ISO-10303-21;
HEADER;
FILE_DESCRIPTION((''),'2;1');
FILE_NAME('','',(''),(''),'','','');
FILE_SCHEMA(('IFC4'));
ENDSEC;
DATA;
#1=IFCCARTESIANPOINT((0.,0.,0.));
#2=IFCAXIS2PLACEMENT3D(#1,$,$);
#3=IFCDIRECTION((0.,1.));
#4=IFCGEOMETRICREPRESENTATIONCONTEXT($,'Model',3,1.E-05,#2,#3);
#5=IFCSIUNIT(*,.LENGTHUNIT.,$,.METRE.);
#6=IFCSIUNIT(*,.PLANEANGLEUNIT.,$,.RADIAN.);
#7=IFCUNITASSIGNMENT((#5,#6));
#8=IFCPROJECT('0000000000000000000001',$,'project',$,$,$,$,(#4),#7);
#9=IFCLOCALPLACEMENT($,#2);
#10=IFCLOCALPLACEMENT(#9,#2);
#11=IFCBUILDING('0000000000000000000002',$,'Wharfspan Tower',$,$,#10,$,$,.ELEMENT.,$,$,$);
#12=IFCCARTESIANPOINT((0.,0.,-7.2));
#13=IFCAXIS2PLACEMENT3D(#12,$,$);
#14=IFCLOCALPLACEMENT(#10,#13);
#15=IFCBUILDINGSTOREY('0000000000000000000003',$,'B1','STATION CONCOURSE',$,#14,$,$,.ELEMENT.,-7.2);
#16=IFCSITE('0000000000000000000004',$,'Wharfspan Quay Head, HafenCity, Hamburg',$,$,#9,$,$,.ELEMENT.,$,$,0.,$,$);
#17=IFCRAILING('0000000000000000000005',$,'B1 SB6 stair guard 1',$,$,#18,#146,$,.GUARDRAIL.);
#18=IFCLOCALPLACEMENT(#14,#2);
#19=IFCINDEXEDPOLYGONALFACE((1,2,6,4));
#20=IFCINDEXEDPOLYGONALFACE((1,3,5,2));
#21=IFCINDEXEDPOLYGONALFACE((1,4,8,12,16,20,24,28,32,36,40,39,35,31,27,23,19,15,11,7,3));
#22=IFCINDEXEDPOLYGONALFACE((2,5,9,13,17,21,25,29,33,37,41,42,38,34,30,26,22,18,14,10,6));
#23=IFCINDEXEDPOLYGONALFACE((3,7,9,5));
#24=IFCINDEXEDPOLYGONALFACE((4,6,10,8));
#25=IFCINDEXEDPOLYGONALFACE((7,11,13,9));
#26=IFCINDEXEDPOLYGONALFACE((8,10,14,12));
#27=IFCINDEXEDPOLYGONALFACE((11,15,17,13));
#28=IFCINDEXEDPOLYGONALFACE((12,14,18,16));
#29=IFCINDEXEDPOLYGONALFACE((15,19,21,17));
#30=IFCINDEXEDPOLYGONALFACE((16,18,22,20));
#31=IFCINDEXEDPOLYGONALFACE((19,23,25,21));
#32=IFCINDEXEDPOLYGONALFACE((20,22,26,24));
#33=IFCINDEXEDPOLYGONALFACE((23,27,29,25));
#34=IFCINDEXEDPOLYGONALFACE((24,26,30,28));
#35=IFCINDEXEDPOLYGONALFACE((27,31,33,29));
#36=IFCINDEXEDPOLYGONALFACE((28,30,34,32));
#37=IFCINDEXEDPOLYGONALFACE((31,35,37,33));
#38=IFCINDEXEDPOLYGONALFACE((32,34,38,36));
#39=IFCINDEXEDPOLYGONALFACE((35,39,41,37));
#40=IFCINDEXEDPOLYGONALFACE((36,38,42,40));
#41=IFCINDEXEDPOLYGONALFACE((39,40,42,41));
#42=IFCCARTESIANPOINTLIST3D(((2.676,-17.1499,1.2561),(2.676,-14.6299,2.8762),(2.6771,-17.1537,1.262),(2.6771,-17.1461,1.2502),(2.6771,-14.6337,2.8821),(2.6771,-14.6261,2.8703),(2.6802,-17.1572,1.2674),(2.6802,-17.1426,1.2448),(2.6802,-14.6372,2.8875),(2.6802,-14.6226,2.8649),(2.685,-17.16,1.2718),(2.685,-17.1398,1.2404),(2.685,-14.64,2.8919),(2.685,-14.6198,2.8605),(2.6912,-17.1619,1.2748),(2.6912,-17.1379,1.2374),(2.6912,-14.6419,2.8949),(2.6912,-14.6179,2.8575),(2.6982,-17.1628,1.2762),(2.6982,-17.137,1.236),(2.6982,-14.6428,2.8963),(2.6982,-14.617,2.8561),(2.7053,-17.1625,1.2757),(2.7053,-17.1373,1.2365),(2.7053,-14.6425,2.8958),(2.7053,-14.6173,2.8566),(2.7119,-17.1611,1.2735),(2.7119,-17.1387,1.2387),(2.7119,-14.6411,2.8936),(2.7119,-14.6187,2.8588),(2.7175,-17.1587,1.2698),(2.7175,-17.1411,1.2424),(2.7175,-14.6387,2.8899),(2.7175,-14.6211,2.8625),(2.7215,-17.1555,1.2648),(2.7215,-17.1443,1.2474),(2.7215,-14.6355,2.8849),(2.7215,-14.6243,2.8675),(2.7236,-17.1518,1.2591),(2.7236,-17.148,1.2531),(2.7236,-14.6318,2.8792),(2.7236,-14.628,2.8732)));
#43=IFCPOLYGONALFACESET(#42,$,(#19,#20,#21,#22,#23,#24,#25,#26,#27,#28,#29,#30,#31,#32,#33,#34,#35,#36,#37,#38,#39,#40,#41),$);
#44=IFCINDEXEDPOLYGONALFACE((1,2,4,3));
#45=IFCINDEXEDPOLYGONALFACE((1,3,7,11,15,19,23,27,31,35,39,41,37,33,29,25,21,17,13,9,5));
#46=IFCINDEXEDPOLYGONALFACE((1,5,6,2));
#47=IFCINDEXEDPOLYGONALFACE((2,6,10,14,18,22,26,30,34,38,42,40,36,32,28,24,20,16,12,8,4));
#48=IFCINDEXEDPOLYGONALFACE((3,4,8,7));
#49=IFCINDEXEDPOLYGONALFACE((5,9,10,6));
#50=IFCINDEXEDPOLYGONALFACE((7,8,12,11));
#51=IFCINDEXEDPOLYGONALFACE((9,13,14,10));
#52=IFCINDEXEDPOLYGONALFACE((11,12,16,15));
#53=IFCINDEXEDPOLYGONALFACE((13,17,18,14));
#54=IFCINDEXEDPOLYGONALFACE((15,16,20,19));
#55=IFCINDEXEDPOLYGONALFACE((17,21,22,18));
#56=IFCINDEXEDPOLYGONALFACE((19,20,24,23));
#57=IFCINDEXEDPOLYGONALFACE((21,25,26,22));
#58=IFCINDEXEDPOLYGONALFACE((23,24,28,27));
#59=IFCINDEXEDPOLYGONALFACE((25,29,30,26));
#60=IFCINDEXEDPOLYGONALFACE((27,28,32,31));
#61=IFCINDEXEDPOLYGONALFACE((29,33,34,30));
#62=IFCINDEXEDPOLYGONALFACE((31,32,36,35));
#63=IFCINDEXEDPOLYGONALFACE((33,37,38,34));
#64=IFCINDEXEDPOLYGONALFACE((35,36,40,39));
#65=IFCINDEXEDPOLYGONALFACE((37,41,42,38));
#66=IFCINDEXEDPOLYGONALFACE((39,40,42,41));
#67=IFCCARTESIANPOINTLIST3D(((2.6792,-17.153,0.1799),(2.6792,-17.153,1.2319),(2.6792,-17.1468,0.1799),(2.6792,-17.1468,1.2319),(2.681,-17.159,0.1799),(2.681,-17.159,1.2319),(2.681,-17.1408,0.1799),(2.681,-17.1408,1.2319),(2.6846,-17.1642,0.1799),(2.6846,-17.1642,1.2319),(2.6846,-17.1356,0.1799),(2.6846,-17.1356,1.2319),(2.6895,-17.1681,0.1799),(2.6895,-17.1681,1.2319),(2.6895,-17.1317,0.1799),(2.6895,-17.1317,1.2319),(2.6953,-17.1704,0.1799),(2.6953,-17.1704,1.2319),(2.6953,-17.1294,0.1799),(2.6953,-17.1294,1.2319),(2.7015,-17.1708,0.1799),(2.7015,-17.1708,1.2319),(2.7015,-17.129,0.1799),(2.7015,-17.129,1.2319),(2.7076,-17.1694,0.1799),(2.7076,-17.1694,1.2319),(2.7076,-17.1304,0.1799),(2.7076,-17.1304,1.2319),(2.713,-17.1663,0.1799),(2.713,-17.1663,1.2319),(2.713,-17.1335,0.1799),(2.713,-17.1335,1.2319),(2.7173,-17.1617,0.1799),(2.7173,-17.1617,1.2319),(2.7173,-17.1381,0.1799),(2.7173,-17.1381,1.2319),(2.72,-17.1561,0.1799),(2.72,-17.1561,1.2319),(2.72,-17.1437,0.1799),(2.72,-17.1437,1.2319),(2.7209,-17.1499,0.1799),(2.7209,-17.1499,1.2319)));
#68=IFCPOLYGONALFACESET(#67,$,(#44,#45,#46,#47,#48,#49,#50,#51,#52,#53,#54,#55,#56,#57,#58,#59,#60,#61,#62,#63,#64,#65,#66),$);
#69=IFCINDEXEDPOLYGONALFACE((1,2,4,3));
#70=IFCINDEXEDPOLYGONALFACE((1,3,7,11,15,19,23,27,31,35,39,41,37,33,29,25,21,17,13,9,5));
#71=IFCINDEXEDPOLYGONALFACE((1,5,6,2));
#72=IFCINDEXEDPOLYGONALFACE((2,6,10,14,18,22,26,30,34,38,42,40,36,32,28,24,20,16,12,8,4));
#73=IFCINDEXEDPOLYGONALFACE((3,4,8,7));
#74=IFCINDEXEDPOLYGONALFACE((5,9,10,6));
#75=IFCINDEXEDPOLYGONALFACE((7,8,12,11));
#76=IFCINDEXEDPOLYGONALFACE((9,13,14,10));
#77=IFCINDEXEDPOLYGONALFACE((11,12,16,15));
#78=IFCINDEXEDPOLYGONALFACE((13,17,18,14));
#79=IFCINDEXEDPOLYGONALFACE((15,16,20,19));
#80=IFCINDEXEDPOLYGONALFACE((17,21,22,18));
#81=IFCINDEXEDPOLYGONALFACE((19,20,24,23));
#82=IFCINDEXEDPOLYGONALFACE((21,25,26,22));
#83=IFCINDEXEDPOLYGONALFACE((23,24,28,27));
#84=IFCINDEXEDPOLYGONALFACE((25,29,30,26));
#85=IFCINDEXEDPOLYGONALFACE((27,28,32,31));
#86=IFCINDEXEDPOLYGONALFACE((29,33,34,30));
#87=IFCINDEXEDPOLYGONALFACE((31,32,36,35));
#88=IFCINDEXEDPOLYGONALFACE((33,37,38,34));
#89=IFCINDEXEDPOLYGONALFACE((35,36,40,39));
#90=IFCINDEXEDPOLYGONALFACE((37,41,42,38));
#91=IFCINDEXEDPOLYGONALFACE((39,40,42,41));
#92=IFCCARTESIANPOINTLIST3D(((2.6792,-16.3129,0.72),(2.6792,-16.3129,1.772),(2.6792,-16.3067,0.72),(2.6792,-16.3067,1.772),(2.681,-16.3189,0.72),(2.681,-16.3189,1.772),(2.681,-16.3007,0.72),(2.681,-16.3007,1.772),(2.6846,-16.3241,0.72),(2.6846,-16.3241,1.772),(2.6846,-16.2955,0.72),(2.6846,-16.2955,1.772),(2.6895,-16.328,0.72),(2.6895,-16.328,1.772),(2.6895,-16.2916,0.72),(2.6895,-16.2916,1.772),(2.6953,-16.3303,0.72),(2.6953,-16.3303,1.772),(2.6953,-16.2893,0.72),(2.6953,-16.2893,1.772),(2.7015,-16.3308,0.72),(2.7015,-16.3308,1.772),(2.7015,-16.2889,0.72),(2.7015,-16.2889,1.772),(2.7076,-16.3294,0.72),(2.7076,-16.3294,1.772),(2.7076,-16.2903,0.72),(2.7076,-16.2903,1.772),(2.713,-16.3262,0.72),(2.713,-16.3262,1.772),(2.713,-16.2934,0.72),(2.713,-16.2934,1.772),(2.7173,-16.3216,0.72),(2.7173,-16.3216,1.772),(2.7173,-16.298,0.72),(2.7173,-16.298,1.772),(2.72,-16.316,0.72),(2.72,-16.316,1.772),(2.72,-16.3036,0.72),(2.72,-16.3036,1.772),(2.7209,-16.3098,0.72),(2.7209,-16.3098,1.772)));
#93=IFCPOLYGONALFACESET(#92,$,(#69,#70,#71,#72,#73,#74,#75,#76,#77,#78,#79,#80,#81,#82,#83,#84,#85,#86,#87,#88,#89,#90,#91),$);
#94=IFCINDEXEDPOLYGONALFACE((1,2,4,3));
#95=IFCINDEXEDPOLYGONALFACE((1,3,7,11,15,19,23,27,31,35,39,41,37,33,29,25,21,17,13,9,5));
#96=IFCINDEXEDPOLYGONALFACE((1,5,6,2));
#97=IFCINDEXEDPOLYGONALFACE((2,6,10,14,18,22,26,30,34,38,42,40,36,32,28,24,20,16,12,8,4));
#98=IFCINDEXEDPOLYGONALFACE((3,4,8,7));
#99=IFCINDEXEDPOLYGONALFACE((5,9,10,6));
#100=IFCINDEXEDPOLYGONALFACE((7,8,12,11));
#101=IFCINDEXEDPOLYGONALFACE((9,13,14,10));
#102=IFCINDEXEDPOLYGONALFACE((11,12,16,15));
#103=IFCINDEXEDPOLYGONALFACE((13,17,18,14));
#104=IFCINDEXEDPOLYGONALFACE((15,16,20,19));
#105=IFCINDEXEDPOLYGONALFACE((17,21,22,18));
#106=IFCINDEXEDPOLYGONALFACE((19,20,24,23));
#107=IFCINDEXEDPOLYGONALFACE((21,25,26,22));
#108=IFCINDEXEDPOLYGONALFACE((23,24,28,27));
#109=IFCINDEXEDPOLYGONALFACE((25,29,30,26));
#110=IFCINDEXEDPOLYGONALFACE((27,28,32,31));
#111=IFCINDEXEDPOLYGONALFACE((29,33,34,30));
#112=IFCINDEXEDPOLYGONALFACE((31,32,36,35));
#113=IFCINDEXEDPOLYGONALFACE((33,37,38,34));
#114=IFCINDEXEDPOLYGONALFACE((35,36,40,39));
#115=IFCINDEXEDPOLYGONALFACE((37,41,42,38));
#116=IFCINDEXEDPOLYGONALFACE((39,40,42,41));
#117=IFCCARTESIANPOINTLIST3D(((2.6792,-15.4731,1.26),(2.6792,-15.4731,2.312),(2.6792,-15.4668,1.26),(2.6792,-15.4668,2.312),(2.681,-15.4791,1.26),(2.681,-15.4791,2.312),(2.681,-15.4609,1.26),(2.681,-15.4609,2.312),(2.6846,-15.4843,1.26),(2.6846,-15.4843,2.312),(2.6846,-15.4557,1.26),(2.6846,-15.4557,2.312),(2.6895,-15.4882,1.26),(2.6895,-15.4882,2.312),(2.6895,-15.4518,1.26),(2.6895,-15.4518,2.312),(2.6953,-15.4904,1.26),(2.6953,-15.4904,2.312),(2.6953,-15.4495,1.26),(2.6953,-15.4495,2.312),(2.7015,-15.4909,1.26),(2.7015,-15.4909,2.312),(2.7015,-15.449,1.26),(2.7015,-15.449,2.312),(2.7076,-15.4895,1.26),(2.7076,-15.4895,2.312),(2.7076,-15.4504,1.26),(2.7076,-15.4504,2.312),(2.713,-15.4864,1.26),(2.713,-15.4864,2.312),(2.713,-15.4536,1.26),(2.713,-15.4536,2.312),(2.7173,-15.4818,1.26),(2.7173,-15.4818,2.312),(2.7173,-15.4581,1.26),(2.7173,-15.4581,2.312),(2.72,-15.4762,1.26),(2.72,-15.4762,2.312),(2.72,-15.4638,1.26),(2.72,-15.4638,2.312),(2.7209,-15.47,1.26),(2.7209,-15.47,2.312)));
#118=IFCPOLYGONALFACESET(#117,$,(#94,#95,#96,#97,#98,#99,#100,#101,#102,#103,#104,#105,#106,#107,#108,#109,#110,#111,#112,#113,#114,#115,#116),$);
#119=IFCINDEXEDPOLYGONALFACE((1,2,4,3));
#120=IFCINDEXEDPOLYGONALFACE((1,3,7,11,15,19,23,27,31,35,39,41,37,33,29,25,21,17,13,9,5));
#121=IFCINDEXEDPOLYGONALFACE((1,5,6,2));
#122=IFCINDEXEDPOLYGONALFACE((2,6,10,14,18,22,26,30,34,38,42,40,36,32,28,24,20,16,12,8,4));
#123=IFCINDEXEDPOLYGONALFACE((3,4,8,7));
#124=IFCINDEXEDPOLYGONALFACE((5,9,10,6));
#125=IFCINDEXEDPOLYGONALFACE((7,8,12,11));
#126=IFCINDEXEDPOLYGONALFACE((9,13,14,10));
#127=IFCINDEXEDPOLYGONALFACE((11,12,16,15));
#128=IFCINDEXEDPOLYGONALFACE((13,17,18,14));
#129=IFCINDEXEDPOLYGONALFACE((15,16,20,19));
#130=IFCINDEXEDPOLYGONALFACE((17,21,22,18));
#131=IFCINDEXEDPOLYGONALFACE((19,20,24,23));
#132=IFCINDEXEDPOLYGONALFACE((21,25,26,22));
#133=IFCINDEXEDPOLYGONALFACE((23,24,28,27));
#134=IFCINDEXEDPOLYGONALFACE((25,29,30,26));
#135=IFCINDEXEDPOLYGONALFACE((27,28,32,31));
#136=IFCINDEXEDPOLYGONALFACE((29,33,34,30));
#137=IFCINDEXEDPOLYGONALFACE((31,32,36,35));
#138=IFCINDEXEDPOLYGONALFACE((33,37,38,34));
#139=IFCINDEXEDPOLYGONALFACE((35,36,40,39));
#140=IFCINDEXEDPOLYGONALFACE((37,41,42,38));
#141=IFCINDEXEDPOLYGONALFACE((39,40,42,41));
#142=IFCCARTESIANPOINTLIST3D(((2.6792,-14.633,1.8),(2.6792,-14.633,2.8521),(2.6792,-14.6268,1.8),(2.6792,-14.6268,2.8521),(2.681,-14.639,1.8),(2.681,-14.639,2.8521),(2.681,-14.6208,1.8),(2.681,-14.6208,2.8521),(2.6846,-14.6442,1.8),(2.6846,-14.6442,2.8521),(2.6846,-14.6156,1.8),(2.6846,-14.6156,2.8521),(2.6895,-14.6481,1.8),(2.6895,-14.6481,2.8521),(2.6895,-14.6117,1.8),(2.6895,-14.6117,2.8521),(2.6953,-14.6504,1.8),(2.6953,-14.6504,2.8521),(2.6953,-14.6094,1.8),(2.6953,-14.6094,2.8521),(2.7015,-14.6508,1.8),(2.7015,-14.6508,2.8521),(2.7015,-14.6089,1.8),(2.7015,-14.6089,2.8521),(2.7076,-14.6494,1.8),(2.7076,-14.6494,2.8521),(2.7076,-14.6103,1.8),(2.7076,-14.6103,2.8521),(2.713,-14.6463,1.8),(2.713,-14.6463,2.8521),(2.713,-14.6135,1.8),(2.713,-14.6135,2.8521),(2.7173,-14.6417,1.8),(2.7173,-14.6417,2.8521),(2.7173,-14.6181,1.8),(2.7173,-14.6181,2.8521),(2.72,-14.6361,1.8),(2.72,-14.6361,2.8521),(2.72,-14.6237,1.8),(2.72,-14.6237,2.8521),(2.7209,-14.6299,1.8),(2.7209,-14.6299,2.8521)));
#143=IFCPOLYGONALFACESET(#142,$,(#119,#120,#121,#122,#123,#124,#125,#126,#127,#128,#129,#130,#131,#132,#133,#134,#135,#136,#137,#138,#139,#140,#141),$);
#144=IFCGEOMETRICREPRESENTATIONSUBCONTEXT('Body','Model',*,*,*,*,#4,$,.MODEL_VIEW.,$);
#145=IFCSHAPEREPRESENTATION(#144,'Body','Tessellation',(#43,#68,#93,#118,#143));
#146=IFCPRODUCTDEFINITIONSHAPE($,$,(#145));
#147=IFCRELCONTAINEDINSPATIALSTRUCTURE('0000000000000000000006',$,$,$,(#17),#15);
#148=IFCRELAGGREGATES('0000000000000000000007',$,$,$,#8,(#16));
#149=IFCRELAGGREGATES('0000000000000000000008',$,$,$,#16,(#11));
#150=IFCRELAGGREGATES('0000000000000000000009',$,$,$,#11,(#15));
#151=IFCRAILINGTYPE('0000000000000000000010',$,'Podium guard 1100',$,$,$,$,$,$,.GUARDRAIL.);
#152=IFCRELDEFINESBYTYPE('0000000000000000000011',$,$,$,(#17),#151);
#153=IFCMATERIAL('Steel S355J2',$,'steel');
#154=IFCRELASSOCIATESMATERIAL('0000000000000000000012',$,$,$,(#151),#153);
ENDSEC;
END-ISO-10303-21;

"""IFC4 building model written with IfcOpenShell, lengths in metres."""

from ifc_helpers import new_model, si_unit, direction, frame, origin, origin_2d, place, context, subcontext, project, spatial, circle, extrude, material, type_object, element, save


model = new_model("IFC4")

# Units and contexts
model_context = context("Model", 3, precision=1e-05, world=origin(), true_north=direction((0.0, 1.0)))
body_context = subcontext(model_context, "Body", "Model", "MODEL_VIEW")
ifc_project = project(units=[si_unit("LENGTHUNIT", "METRE"), si_unit("PLANEANGLEUNIT", "RADIAN")], contexts=[model_context])

# Site, building, storey
site_placement = place(None, origin())
site = spatial("IfcSite", under=ifc_project, at=site_placement, Name="Wharfspan Quay Head, HafenCity, Hamburg", CompositionType="ELEMENT", RefElevation=0.0)
building_placement = place(site_placement, origin())
building = spatial("IfcBuilding", under=site, at=building_placement, Name="Wharfspan Tower", CompositionType="ELEMENT")
storey_placement = place(building_placement, frame((0.0, 0.0, -7.2)))
storey = spatial("IfcBuildingStorey", under=building, at=storey_placement, Name="B1", Description="STATION CONCOURSE", CompositionType="ELEMENT", Elevation=-7.2)

# Railing
ifc_material_1 = material(Name="Steel S355J2", Category="steel")
railing_type = type_object("IfcRailingType", Name="Podium guard 1100", PredefinedType="GUARDRAIL", material=ifc_material_1)
railing_1_placement = place(storey_placement, frame((2.7, -17.1499, 0.1799)))
element("IfcRailing", 1, at=railing_1_placement, inside=storey, type_object=railing_type, Name="B1 SB6 stair guard 1", PredefinedType="GUARDRAIL", context=body_context, shape_type="SweptSolid", body=[
    extrude(circle(Radius=0.0239, at=origin_2d()), frame((0.0, 0.0, 1.0762), z_axis=(0.0, 0.841163, 0.540782), x_axis=(-1.0, 0.0, 0.0)), (0.0, 0.0, 1.0), 2.9958),
    extrude(circle(Radius=0.021, at=origin_2d()), origin(), (0.0, 0.0, 1.0), 1.052),
    extrude(circle(Radius=0.021, at=origin_2d()), frame((0.0, 0.8401, 0.54)), (0.0, 0.0, 1.0), 1.052),
    extrude(circle(Radius=0.021, at=origin_2d()), frame((0.0, 1.6799, 1.0801)), (0.0, 0.0, 1.0), 1.052),
    extrude(circle(Radius=0.021, at=origin_2d()), frame((0.0, 2.52, 1.6201)), (0.0, 0.0, 1.0), 1.052),
])

save(model, "model.ifc")
